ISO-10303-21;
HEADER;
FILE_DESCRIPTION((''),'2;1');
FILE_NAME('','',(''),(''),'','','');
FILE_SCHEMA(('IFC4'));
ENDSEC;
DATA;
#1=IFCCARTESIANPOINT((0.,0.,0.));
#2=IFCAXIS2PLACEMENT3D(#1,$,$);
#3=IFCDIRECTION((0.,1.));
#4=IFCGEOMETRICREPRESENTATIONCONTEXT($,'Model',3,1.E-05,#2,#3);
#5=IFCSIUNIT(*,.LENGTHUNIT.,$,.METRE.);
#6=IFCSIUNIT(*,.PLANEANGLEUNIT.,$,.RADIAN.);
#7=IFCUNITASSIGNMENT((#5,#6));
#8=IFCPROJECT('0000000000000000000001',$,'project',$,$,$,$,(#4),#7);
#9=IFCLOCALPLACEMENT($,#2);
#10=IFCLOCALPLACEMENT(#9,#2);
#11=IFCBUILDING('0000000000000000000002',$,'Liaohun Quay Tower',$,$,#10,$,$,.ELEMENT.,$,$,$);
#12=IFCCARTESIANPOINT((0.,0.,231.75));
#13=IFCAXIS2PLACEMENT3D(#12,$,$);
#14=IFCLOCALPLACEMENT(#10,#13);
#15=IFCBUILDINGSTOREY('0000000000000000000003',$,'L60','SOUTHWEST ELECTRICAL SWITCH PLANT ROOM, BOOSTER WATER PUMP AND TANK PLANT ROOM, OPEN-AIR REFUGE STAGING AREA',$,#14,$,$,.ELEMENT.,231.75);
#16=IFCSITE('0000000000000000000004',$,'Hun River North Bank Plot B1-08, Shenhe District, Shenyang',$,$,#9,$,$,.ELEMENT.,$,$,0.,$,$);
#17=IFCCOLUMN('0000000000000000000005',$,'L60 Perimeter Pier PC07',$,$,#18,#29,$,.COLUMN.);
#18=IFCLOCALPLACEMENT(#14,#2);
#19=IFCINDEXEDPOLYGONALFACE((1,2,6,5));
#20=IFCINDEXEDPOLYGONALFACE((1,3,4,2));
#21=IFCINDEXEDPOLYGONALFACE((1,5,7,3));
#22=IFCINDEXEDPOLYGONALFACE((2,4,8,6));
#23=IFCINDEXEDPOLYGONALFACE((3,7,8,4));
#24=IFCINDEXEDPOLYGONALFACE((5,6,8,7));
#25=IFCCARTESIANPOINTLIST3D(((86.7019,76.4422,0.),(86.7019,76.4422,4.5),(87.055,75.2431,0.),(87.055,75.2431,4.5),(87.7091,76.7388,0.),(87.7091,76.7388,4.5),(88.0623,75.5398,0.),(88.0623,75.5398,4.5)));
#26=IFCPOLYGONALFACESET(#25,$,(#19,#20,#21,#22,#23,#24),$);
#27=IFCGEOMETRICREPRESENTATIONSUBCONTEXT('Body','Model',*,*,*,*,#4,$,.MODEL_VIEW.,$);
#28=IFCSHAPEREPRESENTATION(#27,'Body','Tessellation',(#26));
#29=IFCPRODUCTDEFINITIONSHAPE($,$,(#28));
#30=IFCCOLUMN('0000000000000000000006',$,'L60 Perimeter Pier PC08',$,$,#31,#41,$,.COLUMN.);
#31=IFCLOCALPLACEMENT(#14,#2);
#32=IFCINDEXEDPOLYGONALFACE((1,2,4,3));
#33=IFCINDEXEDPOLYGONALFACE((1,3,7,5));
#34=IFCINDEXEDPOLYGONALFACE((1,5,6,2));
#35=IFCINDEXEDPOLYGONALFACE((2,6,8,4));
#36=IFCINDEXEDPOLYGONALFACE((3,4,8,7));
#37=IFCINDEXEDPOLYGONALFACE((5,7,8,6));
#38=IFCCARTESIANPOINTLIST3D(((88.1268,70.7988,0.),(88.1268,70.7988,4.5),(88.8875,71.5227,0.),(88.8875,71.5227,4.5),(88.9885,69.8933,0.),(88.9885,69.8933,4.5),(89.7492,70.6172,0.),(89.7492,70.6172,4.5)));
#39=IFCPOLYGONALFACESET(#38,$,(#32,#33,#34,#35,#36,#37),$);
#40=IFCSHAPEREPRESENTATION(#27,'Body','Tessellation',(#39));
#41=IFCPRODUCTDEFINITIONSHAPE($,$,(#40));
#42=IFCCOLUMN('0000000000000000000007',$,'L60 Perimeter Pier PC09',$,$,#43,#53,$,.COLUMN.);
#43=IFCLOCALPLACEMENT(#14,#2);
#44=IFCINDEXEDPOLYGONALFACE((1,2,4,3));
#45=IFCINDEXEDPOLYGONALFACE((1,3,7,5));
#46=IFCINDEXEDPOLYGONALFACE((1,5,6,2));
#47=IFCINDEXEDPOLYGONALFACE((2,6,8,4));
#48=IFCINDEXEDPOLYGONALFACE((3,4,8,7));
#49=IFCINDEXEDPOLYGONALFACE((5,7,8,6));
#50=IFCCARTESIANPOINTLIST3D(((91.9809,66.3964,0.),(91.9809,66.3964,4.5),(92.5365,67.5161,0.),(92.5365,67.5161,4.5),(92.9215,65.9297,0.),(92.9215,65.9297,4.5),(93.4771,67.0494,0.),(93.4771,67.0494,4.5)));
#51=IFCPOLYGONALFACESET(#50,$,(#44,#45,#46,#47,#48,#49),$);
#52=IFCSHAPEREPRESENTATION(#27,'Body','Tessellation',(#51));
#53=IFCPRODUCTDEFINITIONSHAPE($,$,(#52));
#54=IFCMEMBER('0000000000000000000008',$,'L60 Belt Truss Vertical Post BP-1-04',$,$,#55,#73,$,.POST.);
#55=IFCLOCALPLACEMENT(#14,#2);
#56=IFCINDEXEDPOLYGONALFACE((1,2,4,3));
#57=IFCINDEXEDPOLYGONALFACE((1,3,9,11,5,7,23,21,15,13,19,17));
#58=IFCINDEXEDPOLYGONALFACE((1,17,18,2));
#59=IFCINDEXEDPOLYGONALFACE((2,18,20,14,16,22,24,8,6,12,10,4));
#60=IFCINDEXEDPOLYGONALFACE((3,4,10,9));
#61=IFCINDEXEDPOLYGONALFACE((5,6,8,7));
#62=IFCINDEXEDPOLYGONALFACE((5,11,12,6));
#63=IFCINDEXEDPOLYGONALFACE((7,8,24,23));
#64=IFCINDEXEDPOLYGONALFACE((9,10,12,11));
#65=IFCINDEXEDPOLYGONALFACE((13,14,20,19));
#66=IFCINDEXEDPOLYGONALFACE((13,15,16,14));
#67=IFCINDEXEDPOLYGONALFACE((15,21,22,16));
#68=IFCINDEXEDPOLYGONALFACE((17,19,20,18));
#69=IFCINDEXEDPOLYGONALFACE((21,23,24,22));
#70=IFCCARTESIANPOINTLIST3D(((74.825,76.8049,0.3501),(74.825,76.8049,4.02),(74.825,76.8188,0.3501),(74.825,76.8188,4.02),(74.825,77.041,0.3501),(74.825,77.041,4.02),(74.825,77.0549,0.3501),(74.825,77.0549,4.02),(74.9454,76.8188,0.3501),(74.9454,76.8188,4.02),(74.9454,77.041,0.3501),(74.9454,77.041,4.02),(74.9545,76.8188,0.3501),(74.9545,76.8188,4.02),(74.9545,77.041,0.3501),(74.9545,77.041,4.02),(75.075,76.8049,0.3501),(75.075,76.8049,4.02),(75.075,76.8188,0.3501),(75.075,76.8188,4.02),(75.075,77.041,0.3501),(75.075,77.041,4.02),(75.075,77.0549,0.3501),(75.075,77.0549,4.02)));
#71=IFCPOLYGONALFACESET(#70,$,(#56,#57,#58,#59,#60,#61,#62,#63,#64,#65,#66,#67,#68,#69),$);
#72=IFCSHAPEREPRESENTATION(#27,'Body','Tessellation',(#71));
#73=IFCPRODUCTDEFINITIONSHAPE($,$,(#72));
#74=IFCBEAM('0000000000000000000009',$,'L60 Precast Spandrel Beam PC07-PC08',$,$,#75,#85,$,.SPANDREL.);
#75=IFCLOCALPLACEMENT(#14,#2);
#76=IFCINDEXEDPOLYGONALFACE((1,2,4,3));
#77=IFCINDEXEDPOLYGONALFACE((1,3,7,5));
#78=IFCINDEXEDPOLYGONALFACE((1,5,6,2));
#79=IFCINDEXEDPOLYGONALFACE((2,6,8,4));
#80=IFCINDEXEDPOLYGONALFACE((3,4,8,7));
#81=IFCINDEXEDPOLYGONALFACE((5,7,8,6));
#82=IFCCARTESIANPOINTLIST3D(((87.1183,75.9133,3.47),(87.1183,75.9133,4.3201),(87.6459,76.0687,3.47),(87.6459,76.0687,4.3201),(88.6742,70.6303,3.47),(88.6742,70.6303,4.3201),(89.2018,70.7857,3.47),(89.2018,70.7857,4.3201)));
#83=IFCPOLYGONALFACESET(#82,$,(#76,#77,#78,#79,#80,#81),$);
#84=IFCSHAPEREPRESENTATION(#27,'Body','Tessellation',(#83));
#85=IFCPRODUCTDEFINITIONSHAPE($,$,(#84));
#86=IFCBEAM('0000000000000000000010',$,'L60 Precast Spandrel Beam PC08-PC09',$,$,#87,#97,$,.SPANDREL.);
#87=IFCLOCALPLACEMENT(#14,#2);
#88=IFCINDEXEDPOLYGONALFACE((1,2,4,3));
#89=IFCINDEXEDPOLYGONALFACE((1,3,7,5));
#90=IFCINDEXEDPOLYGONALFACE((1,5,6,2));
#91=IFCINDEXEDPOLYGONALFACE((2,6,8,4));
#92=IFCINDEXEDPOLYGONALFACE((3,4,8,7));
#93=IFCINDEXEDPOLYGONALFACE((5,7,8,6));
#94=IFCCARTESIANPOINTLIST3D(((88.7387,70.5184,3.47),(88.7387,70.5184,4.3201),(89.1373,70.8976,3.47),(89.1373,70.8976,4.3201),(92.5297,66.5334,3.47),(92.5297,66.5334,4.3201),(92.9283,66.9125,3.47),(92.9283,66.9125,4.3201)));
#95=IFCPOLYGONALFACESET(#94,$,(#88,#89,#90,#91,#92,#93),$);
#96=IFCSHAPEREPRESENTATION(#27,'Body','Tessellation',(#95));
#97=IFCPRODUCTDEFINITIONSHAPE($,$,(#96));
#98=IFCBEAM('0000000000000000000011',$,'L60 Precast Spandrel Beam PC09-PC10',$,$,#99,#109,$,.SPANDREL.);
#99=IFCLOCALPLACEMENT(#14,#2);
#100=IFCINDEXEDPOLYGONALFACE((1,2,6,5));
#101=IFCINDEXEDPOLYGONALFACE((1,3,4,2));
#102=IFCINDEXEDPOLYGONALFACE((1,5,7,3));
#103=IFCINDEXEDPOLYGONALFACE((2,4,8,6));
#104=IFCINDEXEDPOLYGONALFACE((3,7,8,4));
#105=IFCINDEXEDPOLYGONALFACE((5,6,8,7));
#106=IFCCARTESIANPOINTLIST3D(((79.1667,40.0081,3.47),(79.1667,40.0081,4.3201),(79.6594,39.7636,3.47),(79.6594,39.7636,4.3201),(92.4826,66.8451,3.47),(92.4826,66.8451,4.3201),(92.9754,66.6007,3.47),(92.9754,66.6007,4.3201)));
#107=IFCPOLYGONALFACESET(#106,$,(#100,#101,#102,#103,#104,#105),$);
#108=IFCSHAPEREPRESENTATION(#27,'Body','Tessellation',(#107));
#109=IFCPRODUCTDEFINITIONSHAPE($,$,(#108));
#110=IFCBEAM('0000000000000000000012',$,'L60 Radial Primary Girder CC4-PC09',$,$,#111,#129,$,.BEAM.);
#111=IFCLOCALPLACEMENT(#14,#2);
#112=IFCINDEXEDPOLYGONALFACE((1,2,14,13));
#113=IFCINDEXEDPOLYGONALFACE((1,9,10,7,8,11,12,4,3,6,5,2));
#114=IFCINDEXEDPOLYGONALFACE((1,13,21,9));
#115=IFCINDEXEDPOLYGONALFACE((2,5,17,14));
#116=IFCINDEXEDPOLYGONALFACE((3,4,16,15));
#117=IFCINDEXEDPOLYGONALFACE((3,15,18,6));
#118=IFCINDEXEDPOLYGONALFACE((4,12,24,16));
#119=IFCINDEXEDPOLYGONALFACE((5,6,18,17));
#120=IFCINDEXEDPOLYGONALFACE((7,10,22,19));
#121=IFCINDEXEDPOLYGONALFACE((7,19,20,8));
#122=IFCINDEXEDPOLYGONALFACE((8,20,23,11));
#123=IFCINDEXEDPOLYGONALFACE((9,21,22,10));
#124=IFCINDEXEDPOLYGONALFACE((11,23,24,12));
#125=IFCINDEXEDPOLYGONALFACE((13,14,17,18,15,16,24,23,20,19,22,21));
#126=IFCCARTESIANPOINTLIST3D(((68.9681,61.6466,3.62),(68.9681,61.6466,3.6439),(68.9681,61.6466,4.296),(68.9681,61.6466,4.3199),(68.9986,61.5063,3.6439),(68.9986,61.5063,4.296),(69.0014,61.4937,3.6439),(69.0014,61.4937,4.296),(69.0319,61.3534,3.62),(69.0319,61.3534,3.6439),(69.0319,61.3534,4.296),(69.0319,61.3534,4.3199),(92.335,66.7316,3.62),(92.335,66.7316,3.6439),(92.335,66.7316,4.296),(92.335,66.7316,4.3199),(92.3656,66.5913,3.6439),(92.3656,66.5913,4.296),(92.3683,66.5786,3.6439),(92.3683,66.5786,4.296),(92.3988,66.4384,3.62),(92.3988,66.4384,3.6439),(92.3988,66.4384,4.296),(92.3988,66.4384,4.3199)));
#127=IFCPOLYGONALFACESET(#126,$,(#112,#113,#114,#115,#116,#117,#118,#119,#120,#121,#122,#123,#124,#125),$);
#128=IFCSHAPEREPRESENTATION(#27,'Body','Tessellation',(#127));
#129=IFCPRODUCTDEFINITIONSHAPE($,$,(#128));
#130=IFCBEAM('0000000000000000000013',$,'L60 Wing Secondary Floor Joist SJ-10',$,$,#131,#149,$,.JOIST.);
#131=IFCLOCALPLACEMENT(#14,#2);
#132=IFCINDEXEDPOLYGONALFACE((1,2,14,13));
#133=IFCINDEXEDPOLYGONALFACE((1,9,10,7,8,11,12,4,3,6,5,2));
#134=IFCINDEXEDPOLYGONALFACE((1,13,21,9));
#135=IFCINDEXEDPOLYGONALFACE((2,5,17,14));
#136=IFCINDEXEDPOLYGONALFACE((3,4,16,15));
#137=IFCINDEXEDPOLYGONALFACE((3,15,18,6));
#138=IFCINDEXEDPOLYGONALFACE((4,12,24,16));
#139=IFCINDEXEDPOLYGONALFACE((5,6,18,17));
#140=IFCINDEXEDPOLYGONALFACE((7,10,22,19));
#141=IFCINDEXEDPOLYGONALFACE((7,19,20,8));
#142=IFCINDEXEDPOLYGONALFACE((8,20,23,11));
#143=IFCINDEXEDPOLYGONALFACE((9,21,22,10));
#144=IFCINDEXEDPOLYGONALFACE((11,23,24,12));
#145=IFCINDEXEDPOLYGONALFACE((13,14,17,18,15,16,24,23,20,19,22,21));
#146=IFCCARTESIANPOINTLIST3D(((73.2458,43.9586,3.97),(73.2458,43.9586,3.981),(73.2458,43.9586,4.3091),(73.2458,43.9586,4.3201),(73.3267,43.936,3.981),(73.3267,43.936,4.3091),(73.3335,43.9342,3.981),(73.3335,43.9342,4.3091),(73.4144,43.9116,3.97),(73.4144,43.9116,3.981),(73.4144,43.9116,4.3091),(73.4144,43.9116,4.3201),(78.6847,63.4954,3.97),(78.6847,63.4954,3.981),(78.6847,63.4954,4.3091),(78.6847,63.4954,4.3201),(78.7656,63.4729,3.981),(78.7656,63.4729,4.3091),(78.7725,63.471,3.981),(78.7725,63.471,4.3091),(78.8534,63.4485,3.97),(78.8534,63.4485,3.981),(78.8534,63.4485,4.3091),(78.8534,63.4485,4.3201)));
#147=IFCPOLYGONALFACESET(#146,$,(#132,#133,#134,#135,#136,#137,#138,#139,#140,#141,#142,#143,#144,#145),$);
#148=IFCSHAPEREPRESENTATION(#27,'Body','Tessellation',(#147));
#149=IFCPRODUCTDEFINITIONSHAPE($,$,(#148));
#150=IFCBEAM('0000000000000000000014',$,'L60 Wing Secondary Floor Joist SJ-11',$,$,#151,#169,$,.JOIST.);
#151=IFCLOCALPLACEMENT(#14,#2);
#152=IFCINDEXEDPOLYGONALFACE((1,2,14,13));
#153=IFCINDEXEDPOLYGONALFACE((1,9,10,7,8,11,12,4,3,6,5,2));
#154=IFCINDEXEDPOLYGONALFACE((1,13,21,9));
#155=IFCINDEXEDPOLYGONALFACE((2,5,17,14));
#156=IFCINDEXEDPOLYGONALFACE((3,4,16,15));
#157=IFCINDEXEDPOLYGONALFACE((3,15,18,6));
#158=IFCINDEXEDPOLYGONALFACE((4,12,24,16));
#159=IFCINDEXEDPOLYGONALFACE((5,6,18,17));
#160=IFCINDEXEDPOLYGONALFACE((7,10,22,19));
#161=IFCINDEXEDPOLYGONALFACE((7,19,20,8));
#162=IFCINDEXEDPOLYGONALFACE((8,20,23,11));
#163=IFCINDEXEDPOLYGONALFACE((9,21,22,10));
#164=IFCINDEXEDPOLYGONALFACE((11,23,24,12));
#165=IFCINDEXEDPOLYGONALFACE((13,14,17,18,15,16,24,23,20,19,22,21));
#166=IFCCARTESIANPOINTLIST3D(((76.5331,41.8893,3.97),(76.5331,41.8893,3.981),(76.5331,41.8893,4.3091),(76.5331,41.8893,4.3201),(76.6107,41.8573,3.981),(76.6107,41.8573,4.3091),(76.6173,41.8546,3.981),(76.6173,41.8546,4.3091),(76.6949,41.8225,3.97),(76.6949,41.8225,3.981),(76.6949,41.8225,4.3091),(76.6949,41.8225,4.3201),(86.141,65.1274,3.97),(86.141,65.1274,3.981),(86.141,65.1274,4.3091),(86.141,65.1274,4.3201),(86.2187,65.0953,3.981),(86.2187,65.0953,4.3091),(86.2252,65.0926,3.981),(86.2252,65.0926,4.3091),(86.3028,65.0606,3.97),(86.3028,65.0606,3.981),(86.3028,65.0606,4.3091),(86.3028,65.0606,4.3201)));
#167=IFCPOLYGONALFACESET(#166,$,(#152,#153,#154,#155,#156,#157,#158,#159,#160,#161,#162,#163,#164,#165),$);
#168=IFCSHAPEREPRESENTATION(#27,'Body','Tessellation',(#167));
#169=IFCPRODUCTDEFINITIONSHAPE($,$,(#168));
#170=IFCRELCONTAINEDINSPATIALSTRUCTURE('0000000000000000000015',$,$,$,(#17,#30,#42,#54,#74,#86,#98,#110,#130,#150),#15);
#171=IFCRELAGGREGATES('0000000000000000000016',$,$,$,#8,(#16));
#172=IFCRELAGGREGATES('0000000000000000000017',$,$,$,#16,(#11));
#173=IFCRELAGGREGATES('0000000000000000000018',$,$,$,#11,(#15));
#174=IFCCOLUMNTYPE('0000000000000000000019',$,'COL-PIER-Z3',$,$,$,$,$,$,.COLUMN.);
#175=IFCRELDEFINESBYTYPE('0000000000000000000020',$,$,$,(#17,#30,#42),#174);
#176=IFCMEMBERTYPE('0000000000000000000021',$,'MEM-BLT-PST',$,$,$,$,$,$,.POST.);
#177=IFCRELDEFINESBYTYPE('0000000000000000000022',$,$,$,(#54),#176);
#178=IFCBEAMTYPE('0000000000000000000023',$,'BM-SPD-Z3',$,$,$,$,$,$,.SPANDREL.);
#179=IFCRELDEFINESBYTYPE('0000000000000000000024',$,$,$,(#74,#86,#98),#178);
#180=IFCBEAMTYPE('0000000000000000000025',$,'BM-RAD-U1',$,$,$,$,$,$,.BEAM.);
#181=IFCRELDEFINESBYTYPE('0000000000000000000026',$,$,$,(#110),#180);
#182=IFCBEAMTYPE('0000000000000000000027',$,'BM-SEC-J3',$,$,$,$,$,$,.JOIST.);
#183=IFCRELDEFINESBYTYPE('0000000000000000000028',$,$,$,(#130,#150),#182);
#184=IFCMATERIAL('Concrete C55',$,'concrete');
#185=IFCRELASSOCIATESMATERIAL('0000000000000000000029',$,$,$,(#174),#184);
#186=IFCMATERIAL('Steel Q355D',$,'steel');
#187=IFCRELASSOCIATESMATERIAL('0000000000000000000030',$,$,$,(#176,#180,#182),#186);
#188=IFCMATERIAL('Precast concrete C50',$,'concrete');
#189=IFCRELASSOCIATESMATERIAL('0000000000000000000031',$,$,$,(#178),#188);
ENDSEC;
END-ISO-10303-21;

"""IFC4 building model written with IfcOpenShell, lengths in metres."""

from ifc_helpers import new_model, si_unit, direction, frame, origin, origin_2d, place, context, subcontext, project, spatial, rectangle, i_section, extrude, source, transform, mapped, material, material_profile, profile_set, type_object, element, save


model = new_model("IFC4")

# Units and contexts
model_context = context("Model", 3, precision=1e-05, world=origin(), true_north=direction((0.0, 1.0)))
body_context = subcontext(model_context, "Body", "Model", "MODEL_VIEW")
ifc_project = project(units=[si_unit("LENGTHUNIT", "METRE"), si_unit("PLANEANGLEUNIT", "RADIAN")], contexts=[model_context])

# Site, building, storey
site_placement = place(None, origin())
site = spatial("IfcSite", under=ifc_project, at=site_placement, Name="Hun River North Bank Plot B1-08, Shenhe District, Shenyang", CompositionType="ELEMENT", RefElevation=0.0)
building_placement = place(site_placement, origin())
building = spatial("IfcBuilding", under=site, at=building_placement, Name="Liaohun Quay Tower", CompositionType="ELEMENT")
storey_placement = place(building_placement, frame((0.0, 0.0, 231.75)))
storey = spatial("IfcBuildingStorey", under=building, at=storey_placement, Name="L60", Description="SOUTHWEST ELECTRICAL SWITCH PLANT ROOM, BOOSTER WATER PUMP AND TANK PLANT ROOM, OPEN-AIR REFUGE STAGING AREA", CompositionType="ELEMENT", Elevation=231.75)

# Columns
ifc_material_1 = material(Name="Concrete C55", Category="concrete")
ifc_material_profile_1 = material_profile(ifc_material_1, rectangle(XDim=1.25, YDim=1.05, at=origin_2d()), Name="RC1250x1050")
ifc_profile_set_1 = profile_set([ifc_material_profile_1], Name="Concrete C55")
column_type = type_object("IfcColumnType", Name="COL-PIER-Z3", PredefinedType="COLUMN", material=ifc_profile_set_1)
shared_shape_1 = source(origin(), body_context, "Body", "SweptSolid", [
    extrude(rectangle(XDim=1.25, YDim=1.05, at=origin_2d()), origin(), (0.0, 0.0, 1.0), 4.5),
])
for number, where, z_axis, x_axis, name in (
    (1, (87.3821, 75.991, 0.0), (0.0, 0.0, 1.0), (-0.282509, 0.959265, 0.0), "L60 Perimeter Pier PC07"),
    (2, (88.938, 70.708, 0.0), (0.0, 0.0, 1.0), (-0.689367, 0.724413, 0.0), "L60 Perimeter Pier PC08"),
    (3, (92.729, 66.7229, 0.0), (0.0, 0.0, 1.0), (0.444479, 0.895789, 0.0), "L60 Perimeter Pier PC09"),
):
    element("IfcColumn", number, at=place(storey_placement, frame(where, z_axis=z_axis, x_axis=x_axis)), inside=storey, type_object=column_type, Name=name, PredefinedType="COLUMN", context=body_context, shape_type="MappedRepresentation", body=[
        mapped(shared_shape_1, transform((0.0, 0.0, 0.0), x_axis=(1.0, 0.0, 0.0), y_axis=(0.0, 1.0, 0.0), z_axis=(0.0, 0.0, 1.0), scale=1.0)),
    ])

# Member
ifc_material_2 = material(Name="Steel Q355D", Category="steel")
ifc_material_profile_2 = material_profile(ifc_material_2, i_section(OverallWidth=0.25, OverallDepth=0.25, WebThickness=0.009, FlangeThickness=0.0139, at=origin_2d()), Name="HW250x250x9x14")
ifc_profile_set_2 = profile_set([ifc_material_profile_2], Name="Steel Q355D")
member_type_1 = type_object("IfcMemberType", Name="MEM-BLT-PST", PredefinedType="POST", material=ifc_profile_set_2)
shared_shape_2 = source(origin(), body_context, "Body", "SweptSolid", [
    extrude(i_section(OverallWidth=0.25, OverallDepth=0.25, WebThickness=0.009, FlangeThickness=0.0139, at=origin_2d()), origin(), (0.0, 0.0, 1.0), 3.6699),
])
member_1_placement = place(storey_placement, frame((74.95, 76.9299, 0.3501), z_axis=(0.0, 0.0, 1.0), x_axis=(1.0, 0.0, 0.0)))
element("IfcMember", 4, at=member_1_placement, inside=storey, type_object=member_type_1, Name="L60 Belt Truss Vertical Post BP-1-04", PredefinedType="POST", context=body_context, shape_type="MappedRepresentation", body=[
    mapped(shared_shape_2, transform((0.0, 0.0, 0.0), x_axis=(1.0, 0.0, 0.0), y_axis=(0.0, 1.0, 0.0), z_axis=(0.0, 0.0, 1.0), scale=1.0)),
])

# Beams
ifc_material_3 = material(Name="Precast concrete C50", Category="concrete")
ifc_material_profile_3 = material_profile(ifc_material_3, rectangle(XDim=0.55, YDim=0.8501, at=origin_2d()), Name="RC550x850")
ifc_profile_set_3 = profile_set([ifc_material_profile_3], Name="Precast concrete C50")
beam_type_1 = type_object("IfcBeamType", Name="BM-SPD-Z3", PredefinedType="SPANDREL", material=ifc_profile_set_3)
shared_shape_3 = source(origin(), body_context, "Body", "SweptSolid", [
    extrude(rectangle(XDim=0.55, YDim=0.8501, at=origin_2d()), origin(), (0.0, 0.0, 1.0), 5.5073),
])
beam_1_placement = place(storey_placement, frame((87.3821, 75.991, 3.895), z_axis=(0.282517, -0.959262, 0.0), x_axis=(0.959262, 0.282517, 0.0)))
element("IfcBeam", 5, at=beam_1_placement, inside=storey, type_object=beam_type_1, Name="L60 Precast Spandrel Beam PC07-PC08", PredefinedType="SPANDREL", context=body_context, shape_type="MappedRepresentation", body=[
    mapped(shared_shape_3, transform((0.0, 0.0, 0.0), x_axis=(1.0, 0.0, 0.0), y_axis=(0.0, 1.0, 0.0), z_axis=(0.0, 0.0, 1.0), scale=1.0)),
])
shared_shape_4 = source(origin(), body_context, "Body", "SweptSolid", [
    extrude(rectangle(XDim=0.55, YDim=0.8501, at=origin_2d()), origin(), (0.0, 0.0, 1.0), 5.5002),
])
beam_2_placement = place(storey_placement, frame((88.938, 70.708, 3.895), z_axis=(0.689243, -0.72453, 0.0), x_axis=(0.72453, 0.689243, 0.0)))
element("IfcBeam", 6, at=beam_2_placement, inside=storey, type_object=beam_type_1, Name="L60 Precast Spandrel Beam PC08-PC09", PredefinedType="SPANDREL", context=body_context, shape_type="MappedRepresentation", body=[
    mapped(shared_shape_4, transform((0.0, 0.0, 0.0), x_axis=(1.0, 0.0, 0.0), y_axis=(0.0, 1.0, 0.0), z_axis=(0.0, 0.0, 1.0), scale=1.0)),
])
shared_shape_5 = source(origin(), body_context, "Body", "SweptSolid", [
    extrude(rectangle(XDim=0.55, YDim=0.8501, at=origin_2d()), origin(), (0.0, 0.0, 1.0), 29.959),
])
beam_3_placement = place(storey_placement, frame((92.729, 66.7229, 3.895), z_axis=(-0.444473, -0.895792, 0.0), x_axis=(0.895792, -0.444473, 0.0)))
element("IfcBeam", 7, at=beam_3_placement, inside=storey, type_object=beam_type_1, Name="L60 Precast Spandrel Beam PC09-PC10", PredefinedType="SPANDREL", context=body_context, shape_type="MappedRepresentation", body=[
    mapped(shared_shape_5, transform((0.0, 0.0, 0.0), x_axis=(1.0, 0.0, 0.0), y_axis=(0.0, 1.0, 0.0), z_axis=(0.0, 0.0, 1.0), scale=1.0)),
])
ifc_material_profile_4 = material_profile(ifc_material_2, i_section(OverallWidth=0.3, OverallDepth=0.7, WebThickness=0.0129, FlangeThickness=0.0239, at=origin_2d()), Name="HN700x300x13x24")
ifc_profile_set_4 = profile_set([ifc_material_profile_4], Name="Steel Q355D")
beam_type_2 = type_object("IfcBeamType", Name="BM-RAD-U1", PredefinedType="BEAM", material=ifc_profile_set_4)
shared_shape_6 = source(origin(), body_context, "Body", "SweptSolid", [
    extrude(i_section(OverallWidth=0.3, OverallDepth=0.7, WebThickness=0.0129, FlangeThickness=0.0239, at=origin_2d()), origin(), (0.0, 0.0, 1.0), 23.9138),
])
beam_4_placement = place(storey_placement, frame((69.0, 61.5, 3.97), z_axis=(0.977131, 0.212637, 0.0), x_axis=(-0.212637, 0.977131, 0.0)))
element("IfcBeam", 8, at=beam_4_placement, inside=storey, type_object=beam_type_2, Name="L60 Radial Primary Girder CC4-PC09", PredefinedType="BEAM", context=body_context, shape_type="MappedRepresentation", body=[
    mapped(shared_shape_6, transform((0.0, 0.0, 0.0), x_axis=(1.0, 0.0, 0.0), y_axis=(0.0, 1.0, 0.0), z_axis=(0.0, 0.0, 1.0), scale=1.0)),
])
ifc_material_profile_5 = material_profile(ifc_material_2, i_section(OverallWidth=0.175, OverallDepth=0.3501, WebThickness=0.0071, FlangeThickness=0.011, at=origin_2d()), Name="HN350x175x7x11")
ifc_profile_set_5 = profile_set([ifc_material_profile_5], Name="Steel Q355D")
beam_type_3 = type_object("IfcBeamType", Name="BM-SEC-J3", PredefinedType="JOIST", material=ifc_profile_set_5)
shared_shape_7 = source(origin(), body_context, "Body", "SweptSolid", [
    extrude(i_section(OverallWidth=0.175, OverallDepth=0.3501, WebThickness=0.0071, FlangeThickness=0.011, at=origin_2d()), origin(), (0.0, 0.0, 1.0), 20.2798),
])
beam_5_placement = place(storey_placement, frame((78.769, 63.4719, 4.145), z_axis=(-0.268196, -0.963364, 0.0), x_axis=(0.963364, -0.268196, 0.0)))
element("IfcBeam", 9, at=beam_5_placement, inside=storey, type_object=beam_type_3, Name="L60 Wing Secondary Floor Joist SJ-10", PredefinedType="JOIST", context=body_context, shape_type="MappedRepresentation", body=[
    mapped(shared_shape_7, transform((0.0, 0.0, 0.0), x_axis=(1.0, 0.0, 0.0), y_axis=(0.0, 1.0, 0.0), z_axis=(0.0, 0.0, 1.0), scale=1.0)),
])
shared_shape_8 = source(origin(), body_context, "Body", "SweptSolid", [
    extrude(i_section(OverallWidth=0.175, OverallDepth=0.3501, WebThickness=0.0071, FlangeThickness=0.011, at=origin_2d()), origin(), (0.0, 0.0, 1.0), 25.146),
])
beam_6_placement = place(storey_placement, frame((86.2219, 65.094, 4.145), z_axis=(-0.382086, -0.924127, 0.0), x_axis=(0.924127, -0.382086, 0.0)))
element("IfcBeam", 10, at=beam_6_placement, inside=storey, type_object=beam_type_3, Name="L60 Wing Secondary Floor Joist SJ-11", PredefinedType="JOIST", context=body_context, shape_type="MappedRepresentation", body=[
    mapped(shared_shape_8, transform((0.0, 0.0, 0.0), x_axis=(1.0, 0.0, 0.0), y_axis=(0.0, 1.0, 0.0), z_axis=(0.0, 0.0, 1.0), scale=1.0)),
])

save(model, "model.ifc")
